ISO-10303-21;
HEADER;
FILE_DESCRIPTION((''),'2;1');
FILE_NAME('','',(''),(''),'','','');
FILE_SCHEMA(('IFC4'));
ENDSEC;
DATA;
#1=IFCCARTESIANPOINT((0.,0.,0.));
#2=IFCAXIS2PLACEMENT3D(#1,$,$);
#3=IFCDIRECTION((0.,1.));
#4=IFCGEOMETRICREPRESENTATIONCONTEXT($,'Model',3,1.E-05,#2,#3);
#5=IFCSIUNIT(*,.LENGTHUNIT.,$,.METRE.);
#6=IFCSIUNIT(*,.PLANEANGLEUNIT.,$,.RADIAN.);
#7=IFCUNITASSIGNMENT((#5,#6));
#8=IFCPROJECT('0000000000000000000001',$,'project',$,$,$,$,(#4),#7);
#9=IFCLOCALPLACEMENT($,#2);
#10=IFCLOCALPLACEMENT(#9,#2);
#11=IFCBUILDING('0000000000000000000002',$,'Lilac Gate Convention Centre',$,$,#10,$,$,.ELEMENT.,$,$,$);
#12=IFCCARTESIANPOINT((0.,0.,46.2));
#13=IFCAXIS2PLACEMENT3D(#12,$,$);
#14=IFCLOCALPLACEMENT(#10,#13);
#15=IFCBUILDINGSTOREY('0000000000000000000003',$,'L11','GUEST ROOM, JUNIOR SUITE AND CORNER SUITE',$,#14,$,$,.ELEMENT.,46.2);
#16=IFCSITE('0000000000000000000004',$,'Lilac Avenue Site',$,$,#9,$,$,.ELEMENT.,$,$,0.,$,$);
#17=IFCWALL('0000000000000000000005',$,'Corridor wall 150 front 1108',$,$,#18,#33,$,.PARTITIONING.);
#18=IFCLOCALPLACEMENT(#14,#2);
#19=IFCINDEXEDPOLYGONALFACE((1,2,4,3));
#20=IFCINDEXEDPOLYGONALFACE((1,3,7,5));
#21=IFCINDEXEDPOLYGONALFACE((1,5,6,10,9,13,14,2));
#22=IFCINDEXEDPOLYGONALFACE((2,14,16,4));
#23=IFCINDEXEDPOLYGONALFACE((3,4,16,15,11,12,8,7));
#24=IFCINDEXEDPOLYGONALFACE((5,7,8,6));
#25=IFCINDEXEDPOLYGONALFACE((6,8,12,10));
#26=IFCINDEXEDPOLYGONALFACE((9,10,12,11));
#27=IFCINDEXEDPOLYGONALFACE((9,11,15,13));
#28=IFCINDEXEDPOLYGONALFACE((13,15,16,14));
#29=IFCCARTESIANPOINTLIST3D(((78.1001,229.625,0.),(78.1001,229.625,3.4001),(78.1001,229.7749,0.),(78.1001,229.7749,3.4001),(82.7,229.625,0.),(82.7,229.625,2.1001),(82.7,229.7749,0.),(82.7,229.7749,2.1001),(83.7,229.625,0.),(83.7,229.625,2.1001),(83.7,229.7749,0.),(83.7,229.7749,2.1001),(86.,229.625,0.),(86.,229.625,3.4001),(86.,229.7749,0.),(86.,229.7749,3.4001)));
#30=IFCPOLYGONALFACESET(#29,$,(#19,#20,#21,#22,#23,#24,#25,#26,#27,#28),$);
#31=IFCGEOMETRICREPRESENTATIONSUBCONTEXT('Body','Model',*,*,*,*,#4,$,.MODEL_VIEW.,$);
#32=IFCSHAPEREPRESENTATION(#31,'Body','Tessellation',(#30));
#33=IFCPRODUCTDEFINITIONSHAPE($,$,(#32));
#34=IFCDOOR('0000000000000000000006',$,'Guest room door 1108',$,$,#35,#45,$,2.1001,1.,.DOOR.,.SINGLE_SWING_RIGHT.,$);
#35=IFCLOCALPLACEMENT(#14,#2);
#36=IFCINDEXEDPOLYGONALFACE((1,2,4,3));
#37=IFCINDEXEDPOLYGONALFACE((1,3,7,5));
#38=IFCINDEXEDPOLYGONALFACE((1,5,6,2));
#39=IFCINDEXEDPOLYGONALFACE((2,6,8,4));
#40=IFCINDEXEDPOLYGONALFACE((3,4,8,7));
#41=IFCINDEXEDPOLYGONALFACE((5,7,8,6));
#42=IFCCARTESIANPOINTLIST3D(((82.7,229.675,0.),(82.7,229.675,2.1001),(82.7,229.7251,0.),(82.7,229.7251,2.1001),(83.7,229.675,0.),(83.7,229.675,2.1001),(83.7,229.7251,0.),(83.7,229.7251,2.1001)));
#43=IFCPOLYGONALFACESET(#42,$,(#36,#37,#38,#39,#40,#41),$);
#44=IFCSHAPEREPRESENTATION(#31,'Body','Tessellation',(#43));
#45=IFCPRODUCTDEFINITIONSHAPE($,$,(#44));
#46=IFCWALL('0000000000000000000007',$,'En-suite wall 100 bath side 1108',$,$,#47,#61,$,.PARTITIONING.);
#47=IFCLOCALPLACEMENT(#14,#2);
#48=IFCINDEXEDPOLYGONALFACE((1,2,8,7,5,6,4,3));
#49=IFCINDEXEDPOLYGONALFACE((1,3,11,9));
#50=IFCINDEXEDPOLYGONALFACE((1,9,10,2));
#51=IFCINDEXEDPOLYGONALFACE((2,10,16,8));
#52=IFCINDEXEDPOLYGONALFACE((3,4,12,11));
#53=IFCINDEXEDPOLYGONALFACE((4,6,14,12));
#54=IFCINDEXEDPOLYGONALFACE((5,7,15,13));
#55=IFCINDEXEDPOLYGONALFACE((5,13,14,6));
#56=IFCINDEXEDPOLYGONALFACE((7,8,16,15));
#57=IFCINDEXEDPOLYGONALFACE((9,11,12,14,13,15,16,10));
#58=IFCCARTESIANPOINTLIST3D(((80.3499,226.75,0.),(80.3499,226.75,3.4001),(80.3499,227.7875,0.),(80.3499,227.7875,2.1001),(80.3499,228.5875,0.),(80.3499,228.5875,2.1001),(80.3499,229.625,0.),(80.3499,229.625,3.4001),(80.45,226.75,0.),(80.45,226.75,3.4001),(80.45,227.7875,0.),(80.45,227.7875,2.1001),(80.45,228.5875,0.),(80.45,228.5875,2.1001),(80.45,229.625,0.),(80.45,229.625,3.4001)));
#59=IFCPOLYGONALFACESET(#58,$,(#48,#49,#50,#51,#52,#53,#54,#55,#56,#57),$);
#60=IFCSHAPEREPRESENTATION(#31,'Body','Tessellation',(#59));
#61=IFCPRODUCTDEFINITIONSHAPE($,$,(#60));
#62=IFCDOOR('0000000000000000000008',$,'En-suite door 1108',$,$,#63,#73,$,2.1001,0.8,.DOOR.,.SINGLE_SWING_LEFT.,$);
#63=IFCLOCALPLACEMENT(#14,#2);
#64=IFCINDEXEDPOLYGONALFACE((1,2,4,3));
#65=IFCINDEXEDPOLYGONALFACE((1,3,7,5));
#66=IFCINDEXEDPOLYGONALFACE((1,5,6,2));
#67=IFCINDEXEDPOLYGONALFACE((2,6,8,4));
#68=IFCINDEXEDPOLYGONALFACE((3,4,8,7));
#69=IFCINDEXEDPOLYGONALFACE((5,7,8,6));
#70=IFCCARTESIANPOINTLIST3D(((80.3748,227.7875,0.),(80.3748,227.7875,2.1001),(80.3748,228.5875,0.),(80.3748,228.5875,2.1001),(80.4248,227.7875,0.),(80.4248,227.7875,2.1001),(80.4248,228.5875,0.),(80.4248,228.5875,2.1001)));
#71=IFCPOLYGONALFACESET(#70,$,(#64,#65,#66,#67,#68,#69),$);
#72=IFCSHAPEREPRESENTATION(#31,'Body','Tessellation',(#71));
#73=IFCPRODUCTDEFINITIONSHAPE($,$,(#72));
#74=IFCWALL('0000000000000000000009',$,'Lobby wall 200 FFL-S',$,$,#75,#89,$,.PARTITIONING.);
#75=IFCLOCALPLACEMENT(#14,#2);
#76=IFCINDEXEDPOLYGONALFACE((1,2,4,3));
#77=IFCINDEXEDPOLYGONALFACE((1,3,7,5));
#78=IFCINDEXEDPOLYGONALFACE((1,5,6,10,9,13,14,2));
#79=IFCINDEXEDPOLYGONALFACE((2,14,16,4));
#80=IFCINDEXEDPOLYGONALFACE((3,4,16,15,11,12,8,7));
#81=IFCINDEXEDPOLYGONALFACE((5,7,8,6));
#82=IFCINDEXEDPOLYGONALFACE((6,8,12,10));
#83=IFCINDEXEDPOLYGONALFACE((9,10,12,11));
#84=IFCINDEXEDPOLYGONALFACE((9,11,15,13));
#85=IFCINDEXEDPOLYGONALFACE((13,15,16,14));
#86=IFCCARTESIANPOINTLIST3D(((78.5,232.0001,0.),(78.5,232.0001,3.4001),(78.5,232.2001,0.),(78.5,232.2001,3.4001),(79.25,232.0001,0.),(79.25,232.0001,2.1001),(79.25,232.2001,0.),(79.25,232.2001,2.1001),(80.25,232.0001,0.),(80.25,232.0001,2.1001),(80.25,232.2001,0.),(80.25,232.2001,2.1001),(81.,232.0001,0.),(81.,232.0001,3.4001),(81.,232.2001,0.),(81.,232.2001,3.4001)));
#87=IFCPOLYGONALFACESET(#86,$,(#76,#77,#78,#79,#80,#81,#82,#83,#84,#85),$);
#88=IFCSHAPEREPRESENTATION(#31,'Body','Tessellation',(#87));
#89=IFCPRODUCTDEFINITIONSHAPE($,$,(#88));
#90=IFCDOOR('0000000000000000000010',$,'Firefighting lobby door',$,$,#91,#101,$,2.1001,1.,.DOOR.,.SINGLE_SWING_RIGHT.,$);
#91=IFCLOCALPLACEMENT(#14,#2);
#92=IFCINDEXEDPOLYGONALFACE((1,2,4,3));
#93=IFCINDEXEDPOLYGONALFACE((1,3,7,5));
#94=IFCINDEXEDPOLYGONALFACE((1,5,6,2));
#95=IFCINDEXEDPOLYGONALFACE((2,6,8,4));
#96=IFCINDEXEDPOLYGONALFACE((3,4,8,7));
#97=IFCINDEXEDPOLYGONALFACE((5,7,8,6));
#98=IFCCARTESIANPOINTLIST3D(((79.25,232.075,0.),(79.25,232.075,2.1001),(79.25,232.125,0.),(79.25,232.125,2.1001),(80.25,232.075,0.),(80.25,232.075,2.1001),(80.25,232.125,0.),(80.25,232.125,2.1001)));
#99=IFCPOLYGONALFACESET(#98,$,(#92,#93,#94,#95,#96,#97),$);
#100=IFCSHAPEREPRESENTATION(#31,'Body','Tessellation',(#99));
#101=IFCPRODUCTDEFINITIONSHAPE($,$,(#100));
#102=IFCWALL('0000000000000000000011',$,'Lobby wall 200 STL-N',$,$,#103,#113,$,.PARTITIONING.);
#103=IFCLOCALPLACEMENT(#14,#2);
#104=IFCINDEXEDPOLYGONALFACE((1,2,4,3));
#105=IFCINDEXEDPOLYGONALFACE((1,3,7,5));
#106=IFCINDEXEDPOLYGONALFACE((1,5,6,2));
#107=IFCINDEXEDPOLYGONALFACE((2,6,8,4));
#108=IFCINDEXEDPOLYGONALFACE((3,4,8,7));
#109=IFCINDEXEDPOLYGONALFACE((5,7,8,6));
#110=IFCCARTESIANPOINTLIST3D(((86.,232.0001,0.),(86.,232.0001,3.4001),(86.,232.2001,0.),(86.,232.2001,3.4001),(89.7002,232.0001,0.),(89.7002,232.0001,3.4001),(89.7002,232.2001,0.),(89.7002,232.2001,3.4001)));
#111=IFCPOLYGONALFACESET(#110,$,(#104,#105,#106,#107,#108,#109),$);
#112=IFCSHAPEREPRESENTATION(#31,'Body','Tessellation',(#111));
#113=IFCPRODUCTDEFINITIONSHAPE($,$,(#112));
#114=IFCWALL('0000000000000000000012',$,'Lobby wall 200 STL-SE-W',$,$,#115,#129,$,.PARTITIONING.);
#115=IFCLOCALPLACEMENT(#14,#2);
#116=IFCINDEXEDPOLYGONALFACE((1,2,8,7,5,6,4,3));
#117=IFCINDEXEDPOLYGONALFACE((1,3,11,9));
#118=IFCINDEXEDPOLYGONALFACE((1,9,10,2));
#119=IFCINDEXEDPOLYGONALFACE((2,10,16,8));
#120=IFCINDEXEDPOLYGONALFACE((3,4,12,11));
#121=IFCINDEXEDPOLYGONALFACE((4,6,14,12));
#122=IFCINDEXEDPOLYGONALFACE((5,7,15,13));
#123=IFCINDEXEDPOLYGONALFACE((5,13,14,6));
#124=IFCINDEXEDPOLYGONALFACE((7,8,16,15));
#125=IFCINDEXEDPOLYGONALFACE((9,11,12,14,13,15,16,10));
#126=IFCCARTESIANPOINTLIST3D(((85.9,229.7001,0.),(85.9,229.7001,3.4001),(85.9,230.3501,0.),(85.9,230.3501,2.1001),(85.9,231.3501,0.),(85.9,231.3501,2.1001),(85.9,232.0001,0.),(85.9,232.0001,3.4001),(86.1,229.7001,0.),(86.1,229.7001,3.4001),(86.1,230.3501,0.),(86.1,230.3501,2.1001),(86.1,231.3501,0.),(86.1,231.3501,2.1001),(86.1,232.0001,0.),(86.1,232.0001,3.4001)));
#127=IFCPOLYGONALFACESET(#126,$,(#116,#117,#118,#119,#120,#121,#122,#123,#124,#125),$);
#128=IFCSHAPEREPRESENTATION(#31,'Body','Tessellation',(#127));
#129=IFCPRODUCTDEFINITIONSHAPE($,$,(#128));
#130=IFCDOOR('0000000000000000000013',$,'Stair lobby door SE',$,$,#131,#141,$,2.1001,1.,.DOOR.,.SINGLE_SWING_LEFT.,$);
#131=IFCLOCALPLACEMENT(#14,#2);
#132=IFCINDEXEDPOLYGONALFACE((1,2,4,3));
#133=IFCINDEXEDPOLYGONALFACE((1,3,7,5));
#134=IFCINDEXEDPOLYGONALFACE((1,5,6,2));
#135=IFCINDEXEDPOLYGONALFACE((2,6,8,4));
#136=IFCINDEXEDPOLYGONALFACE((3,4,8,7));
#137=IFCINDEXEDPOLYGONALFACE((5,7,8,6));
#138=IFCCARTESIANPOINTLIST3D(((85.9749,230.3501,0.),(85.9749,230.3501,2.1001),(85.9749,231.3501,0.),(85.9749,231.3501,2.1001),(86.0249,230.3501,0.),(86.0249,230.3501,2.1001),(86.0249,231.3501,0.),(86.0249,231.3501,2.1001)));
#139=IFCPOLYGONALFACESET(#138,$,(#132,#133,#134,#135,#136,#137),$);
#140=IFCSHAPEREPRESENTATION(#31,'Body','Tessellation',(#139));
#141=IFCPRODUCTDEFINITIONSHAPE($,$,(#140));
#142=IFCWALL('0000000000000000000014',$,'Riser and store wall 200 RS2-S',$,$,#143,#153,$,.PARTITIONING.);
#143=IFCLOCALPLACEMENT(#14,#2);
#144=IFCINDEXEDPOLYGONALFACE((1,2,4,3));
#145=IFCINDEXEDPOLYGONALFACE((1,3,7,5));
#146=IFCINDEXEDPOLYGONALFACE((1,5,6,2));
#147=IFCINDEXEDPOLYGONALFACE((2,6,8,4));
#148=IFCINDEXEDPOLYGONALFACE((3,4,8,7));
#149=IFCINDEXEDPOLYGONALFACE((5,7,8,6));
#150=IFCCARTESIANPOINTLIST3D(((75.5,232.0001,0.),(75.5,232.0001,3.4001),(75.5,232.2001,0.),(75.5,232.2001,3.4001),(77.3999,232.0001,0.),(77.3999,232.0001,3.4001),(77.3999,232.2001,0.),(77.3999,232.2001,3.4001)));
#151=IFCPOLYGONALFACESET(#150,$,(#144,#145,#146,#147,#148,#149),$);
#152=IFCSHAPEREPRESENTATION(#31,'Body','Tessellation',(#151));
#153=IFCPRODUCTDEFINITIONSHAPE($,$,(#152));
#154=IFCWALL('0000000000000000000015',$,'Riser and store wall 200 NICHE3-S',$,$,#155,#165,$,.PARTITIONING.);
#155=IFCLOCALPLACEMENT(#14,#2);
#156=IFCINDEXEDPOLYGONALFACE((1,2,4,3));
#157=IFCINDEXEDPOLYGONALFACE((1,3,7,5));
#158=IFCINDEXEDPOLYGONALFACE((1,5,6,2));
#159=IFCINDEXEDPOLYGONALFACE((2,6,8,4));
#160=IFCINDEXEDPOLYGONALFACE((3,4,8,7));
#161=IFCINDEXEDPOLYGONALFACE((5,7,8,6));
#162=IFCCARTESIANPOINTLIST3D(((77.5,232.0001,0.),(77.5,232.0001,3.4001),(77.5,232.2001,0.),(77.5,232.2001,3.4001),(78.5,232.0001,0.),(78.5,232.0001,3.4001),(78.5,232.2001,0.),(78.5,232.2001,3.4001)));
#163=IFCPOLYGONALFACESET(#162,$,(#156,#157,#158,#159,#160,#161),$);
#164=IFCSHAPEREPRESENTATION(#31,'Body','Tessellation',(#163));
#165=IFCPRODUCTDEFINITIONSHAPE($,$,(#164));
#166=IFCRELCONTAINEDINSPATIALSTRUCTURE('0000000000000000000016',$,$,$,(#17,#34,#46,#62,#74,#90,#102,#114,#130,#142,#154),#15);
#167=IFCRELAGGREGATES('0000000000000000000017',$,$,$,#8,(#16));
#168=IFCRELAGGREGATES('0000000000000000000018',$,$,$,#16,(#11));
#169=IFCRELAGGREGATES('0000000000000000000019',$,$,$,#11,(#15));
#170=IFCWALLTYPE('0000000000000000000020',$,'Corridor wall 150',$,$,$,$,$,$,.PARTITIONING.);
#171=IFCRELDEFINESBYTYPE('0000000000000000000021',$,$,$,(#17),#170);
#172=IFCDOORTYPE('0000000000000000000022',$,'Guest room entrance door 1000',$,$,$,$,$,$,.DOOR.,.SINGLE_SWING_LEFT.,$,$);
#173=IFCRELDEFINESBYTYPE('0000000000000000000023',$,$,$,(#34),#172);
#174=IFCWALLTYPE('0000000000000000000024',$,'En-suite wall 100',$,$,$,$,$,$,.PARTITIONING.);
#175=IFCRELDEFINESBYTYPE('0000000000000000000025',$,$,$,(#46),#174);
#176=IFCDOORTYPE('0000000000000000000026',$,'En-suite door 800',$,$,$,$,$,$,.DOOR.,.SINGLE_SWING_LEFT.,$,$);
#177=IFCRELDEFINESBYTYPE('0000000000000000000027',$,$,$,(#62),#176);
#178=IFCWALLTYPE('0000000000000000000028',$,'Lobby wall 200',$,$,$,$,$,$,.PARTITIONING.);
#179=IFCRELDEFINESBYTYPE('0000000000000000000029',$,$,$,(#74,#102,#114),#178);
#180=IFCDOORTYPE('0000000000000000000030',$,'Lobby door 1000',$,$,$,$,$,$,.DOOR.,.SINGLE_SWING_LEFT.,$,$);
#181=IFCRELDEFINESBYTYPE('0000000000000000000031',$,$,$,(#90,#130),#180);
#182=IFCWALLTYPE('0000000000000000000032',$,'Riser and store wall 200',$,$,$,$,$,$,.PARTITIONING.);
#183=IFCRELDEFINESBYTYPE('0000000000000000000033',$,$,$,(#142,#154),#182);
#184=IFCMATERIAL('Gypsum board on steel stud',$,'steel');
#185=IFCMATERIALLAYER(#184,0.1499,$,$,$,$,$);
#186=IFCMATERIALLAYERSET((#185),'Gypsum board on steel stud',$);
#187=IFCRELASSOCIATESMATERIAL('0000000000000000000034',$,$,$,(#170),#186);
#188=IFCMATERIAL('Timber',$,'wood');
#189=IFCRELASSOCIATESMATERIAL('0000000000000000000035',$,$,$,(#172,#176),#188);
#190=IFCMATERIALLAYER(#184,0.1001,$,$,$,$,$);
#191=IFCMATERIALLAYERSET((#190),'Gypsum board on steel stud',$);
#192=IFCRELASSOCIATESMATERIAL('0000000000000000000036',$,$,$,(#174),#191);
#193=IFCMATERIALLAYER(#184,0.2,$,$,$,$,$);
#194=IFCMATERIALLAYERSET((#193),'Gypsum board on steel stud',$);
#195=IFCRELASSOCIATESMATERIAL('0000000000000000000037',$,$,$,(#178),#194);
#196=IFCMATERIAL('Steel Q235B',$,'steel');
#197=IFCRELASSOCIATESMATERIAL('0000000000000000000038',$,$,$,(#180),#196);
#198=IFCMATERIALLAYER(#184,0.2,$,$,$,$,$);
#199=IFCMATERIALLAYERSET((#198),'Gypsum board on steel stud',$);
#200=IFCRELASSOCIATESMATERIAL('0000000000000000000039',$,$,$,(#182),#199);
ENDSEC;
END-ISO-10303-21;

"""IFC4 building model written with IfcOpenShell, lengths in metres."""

from ifc_helpers import new_model, si_unit, direction, frame, frame_2d, origin, place, context, subcontext, project, spatial, rectangle, extrude, material, layer, layer_set, type_object, element, fill, save


model = new_model("IFC4")

# Units and contexts
model_context = context("Model", 3, precision=1e-05, world=origin(), true_north=direction((0.0, 1.0)))
body_context = subcontext(model_context, "Body", "Model", "MODEL_VIEW")
ifc_project = project(units=[si_unit("LENGTHUNIT", "METRE"), si_unit("PLANEANGLEUNIT", "RADIAN")], contexts=[model_context])

# Site, building, storey
site_placement = place(None, origin())
site = spatial("IfcSite", under=ifc_project, at=site_placement, Name="Lilac Avenue Site", CompositionType="ELEMENT", RefElevation=0.0)
building_placement = place(site_placement, origin())
building = spatial("IfcBuilding", under=site, at=building_placement, Name="Lilac Gate Convention Centre", CompositionType="ELEMENT")
storey_placement = place(building_placement, frame((0.0, 0.0, 46.2)))
storey = spatial("IfcBuildingStorey", under=building, at=storey_placement, Name="L11", Description="GUEST ROOM, JUNIOR SUITE AND CORNER SUITE", CompositionType="ELEMENT", Elevation=46.2)

# Shared definitions
ifc_material_1 = material(Name="Steel Q235B", Category="steel")

# Walls, openings, doors
ifc_material_2 = material(Name="Gypsum board on steel stud", Category="steel")
ifc_layer_1 = layer(ifc_material_2, 0.1499)
ifc_layer_set_1 = layer_set([ifc_layer_1], Name="Gypsum board on steel stud")
wall_type_1 = type_object("IfcWallType", Name="Corridor wall 150", PredefinedType="PARTITIONING", material=ifc_layer_set_1)
ifc_material_3 = material(Name="Timber", Category="wood")
door_type_1 = type_object("IfcDoorType", Name="Guest room entrance door 1000", OperationType="SINGLE_SWING_LEFT", PredefinedType="DOOR", material=ifc_material_3)
wall_1_placement = place(storey_placement, frame((86.0, 229.7, 0.0), z_axis=(0.0, 0.0, 1.0), x_axis=(-1.0, 0.0, 0.0)))
wall_1 = element("IfcWall", 1, at=wall_1_placement, inside=storey, type_object=wall_type_1, Name="Corridor wall 150 front 1108", PredefinedType="PARTITIONING", context=body_context, shape_type="SweptSolid", body=[
    extrude(rectangle(XDim=7.8999, YDim=0.1499, at=frame_2d((3.95, 0.0))), origin(), (0.0, 0.0, 1.0), 3.4001),
])
opening_1_placement = place(wall_1_placement, frame((2.3, 0.0, 0.0)))
opening_1 = element("IfcOpeningElement", 2, at=opening_1_placement, cuts=wall_1, PredefinedType="OPENING", context=body_context, shape_type="SweptSolid", body=[
    extrude(rectangle(XDim=1.0, YDim=2.1001, at=frame_2d((0.5, 1.05))), frame((0.0, 0.085, 0.0), z_axis=(0.0, -1.0, 0.0), x_axis=(1.0, 0.0, 0.0)), (0.0, 0.0, 1.0), 0.1699),
])
door_1_placement = place(opening_1_placement, origin())
door_1 = element("IfcDoor", 3, at=door_1_placement, inside=storey, type_object=door_type_1, Name="Guest room door 1108", OperationType="SINGLE_SWING_RIGHT", OverallHeight=2.1001, OverallWidth=1.0, PredefinedType="DOOR", context=body_context, shape_type="SweptSolid", body=[
    extrude(rectangle(XDim=1.0, YDim=2.1001, at=frame_2d((0.5, 1.05))), frame((0.0, 0.0249, 0.0), z_axis=(0.0, -1.0, 0.0), x_axis=(1.0, 0.0, 0.0)), (0.0, 0.0, 1.0), 0.05),
])
fill(opening_1, door_1)
ifc_layer_2 = layer(ifc_material_2, 0.1001)
ifc_layer_set_2 = layer_set([ifc_layer_2], Name="Gypsum board on steel stud")
wall_type_2 = type_object("IfcWallType", Name="En-suite wall 100", PredefinedType="PARTITIONING", material=ifc_layer_set_2)
wall_2_placement = place(storey_placement, frame((80.3999, 229.625, 0.0), z_axis=(0.0, 0.0, 1.0), x_axis=(0.0, -1.0, 0.0)))
wall_2 = element("IfcWall", 4, at=wall_2_placement, inside=storey, type_object=wall_type_2, Name="En-suite wall 100 bath side 1108", PredefinedType="PARTITIONING", context=body_context, shape_type="SweptSolid", body=[
    extrude(rectangle(XDim=2.875, YDim=0.1001, at=frame_2d((1.4375, 0.0))), origin(), (0.0, 0.0, 1.0), 3.4001),
])
opening_2_placement = place(wall_2_placement, frame((1.0376, 0.0, 0.0)))
opening_2 = element("IfcOpeningElement", 5, at=opening_2_placement, cuts=wall_2, PredefinedType="OPENING", context=body_context, shape_type="SweptSolid", body=[
    extrude(rectangle(XDim=0.8, YDim=2.1001, at=frame_2d((0.3999, 1.05))), frame((0.0, 0.0601, 0.0), z_axis=(0.0, -1.0, 0.0), x_axis=(1.0, 0.0, 0.0)), (0.0, 0.0, 1.0), 0.1201),
])
door_type_2 = type_object("IfcDoorType", Name="En-suite door 800", OperationType="SINGLE_SWING_LEFT", PredefinedType="DOOR", material=ifc_material_3)
door_2_placement = place(opening_2_placement, origin())
door_2 = element("IfcDoor", 6, at=door_2_placement, inside=storey, type_object=door_type_2, Name="En-suite door 1108", OperationType="SINGLE_SWING_LEFT", OverallHeight=2.1001, OverallWidth=0.8, PredefinedType="DOOR", context=body_context, shape_type="SweptSolid", body=[
    extrude(rectangle(XDim=0.8, YDim=2.1001, at=frame_2d((0.3999, 1.05))), frame((0.0, 0.0249, 0.0), z_axis=(0.0, -1.0, 0.0), x_axis=(1.0, 0.0, 0.0)), (0.0, 0.0, 1.0), 0.05),
])
fill(opening_2, door_2)
ifc_layer_3 = layer(ifc_material_2, 0.2)
ifc_layer_set_3 = layer_set([ifc_layer_3], Name="Gypsum board on steel stud")
wall_type_3 = type_object("IfcWallType", Name="Lobby wall 200", PredefinedType="PARTITIONING", material=ifc_layer_set_3)
wall_3_placement = place(storey_placement, frame((78.5, 232.1001, 0.0), z_axis=(0.0, 0.0, 1.0), x_axis=(1.0, 0.0, 0.0)))
wall_3 = element("IfcWall", 7, at=wall_3_placement, inside=storey, type_object=wall_type_3, Name="Lobby wall 200 FFL-S", PredefinedType="PARTITIONING", context=body_context, shape_type="SweptSolid", body=[
    extrude(rectangle(XDim=2.5, YDim=0.2, at=frame_2d((1.25, 0.0))), origin(), (0.0, 0.0, 1.0), 3.4001),
])
opening_3_placement = place(wall_3_placement, frame((0.75, 0.0, 0.0)))
opening_3 = element("IfcOpeningElement", 8, at=opening_3_placement, cuts=wall_3, PredefinedType="OPENING", context=body_context, shape_type="SweptSolid", body=[
    extrude(rectangle(XDim=1.0, YDim=2.1001, at=frame_2d((0.5, 1.05))), frame((0.0, 0.1099, 0.0), z_axis=(0.0, -1.0, 0.0), x_axis=(1.0, 0.0, 0.0)), (0.0, 0.0, 1.0), 0.22),
])
door_type_3 = type_object("IfcDoorType", Name="Lobby door 1000", OperationType="SINGLE_SWING_LEFT", PredefinedType="DOOR", material=ifc_material_1)
door_3_placement = place(opening_3_placement, origin())
door_3 = element("IfcDoor", 9, at=door_3_placement, inside=storey, type_object=door_type_3, Name="Firefighting lobby door", OperationType="SINGLE_SWING_RIGHT", OverallHeight=2.1001, OverallWidth=1.0, PredefinedType="DOOR", context=body_context, shape_type="SweptSolid", body=[
    extrude(rectangle(XDim=1.0, YDim=2.1001, at=frame_2d((0.5, 1.05))), frame((0.0, 0.0249, 0.0), z_axis=(0.0, -1.0, 0.0), x_axis=(1.0, 0.0, 0.0)), (0.0, 0.0, 1.0), 0.05),
])
fill(opening_3, door_3)

# Wall
wall_4_placement = place(storey_placement, frame((86.0, 232.1001, 0.0), z_axis=(0.0, 0.0, 1.0), x_axis=(1.0, 0.0, 0.0)))
element("IfcWall", 10, at=wall_4_placement, inside=storey, type_object=wall_type_3, Name="Lobby wall 200 STL-N", PredefinedType="PARTITIONING", context=body_context, shape_type="SweptSolid", body=[
    extrude(rectangle(XDim=3.7002, YDim=0.2, at=frame_2d((1.8501, 0.0))), origin(), (0.0, 0.0, 1.0), 3.4001),
])

# Wall, opening, door
wall_5_placement = place(storey_placement, frame((86.0, 232.0, 0.0), z_axis=(0.0, 0.0, 1.0), x_axis=(0.0, -1.0, 0.0)))
wall_5 = element("IfcWall", 11, at=wall_5_placement, inside=storey, type_object=wall_type_3, Name="Lobby wall 200 STL-SE-W", PredefinedType="PARTITIONING", context=body_context, shape_type="SweptSolid", body=[
    extrude(rectangle(XDim=2.3, YDim=0.2, at=frame_2d((1.1499, 0.0))), origin(), (0.0, 0.0, 1.0), 3.4001),
])
opening_4_placement = place(wall_5_placement, frame((0.6499, 0.0, 0.0)))
opening_4 = element("IfcOpeningElement", 12, at=opening_4_placement, cuts=wall_5, PredefinedType="OPENING", context=body_context, shape_type="SweptSolid", body=[
    extrude(rectangle(XDim=1.0, YDim=2.1001, at=frame_2d((0.5, 1.05))), frame((0.0, 0.1099, 0.0), z_axis=(0.0, -1.0, 0.0), x_axis=(1.0, 0.0, 0.0)), (0.0, 0.0, 1.0), 0.22),
])
door_4_placement = place(opening_4_placement, origin())
door_4 = element("IfcDoor", 13, at=door_4_placement, inside=storey, type_object=door_type_3, Name="Stair lobby door SE", OperationType="SINGLE_SWING_LEFT", OverallHeight=2.1001, OverallWidth=1.0, PredefinedType="DOOR", context=body_context, shape_type="SweptSolid", body=[
    extrude(rectangle(XDim=1.0, YDim=2.1001, at=frame_2d((0.5, 1.05))), frame((0.0, 0.0249, 0.0), z_axis=(0.0, -1.0, 0.0), x_axis=(1.0, 0.0, 0.0)), (0.0, 0.0, 1.0), 0.05),
])
fill(opening_4, door_4)

# Walls
ifc_layer_4 = layer(ifc_material_2, 0.2)
ifc_layer_set_4 = layer_set([ifc_layer_4], Name="Gypsum board on steel stud")
wall_type_4 = type_object("IfcWallType", Name="Riser and store wall 200", PredefinedType="PARTITIONING", material=ifc_layer_set_4)
wall_6_placement = place(storey_placement, frame((75.5, 232.1001, 0.0), z_axis=(0.0, 0.0, 1.0), x_axis=(1.0, 0.0, 0.0)))
element("IfcWall", 14, at=wall_6_placement, inside=storey, type_object=wall_type_4, Name="Riser and store wall 200 RS2-S", PredefinedType="PARTITIONING", context=body_context, shape_type="SweptSolid", body=[
    extrude(rectangle(XDim=1.8999, YDim=0.2, at=frame_2d((0.95, 0.0))), origin(), (0.0, 0.0, 1.0), 3.4001),
])
wall_7_placement = place(storey_placement, frame((77.5, 232.1001, 0.0), z_axis=(0.0, 0.0, 1.0), x_axis=(1.0, 0.0, 0.0)))
element("IfcWall", 15, at=wall_7_placement, inside=storey, type_object=wall_type_4, Name="Riser and store wall 200 NICHE3-S", PredefinedType="PARTITIONING", context=body_context, shape_type="SweptSolid", body=[
    extrude(rectangle(XDim=1.0, YDim=0.2, at=frame_2d((0.5, 0.0))), origin(), (0.0, 0.0, 1.0), 3.4001),
])

save(model, "model.ifc")
